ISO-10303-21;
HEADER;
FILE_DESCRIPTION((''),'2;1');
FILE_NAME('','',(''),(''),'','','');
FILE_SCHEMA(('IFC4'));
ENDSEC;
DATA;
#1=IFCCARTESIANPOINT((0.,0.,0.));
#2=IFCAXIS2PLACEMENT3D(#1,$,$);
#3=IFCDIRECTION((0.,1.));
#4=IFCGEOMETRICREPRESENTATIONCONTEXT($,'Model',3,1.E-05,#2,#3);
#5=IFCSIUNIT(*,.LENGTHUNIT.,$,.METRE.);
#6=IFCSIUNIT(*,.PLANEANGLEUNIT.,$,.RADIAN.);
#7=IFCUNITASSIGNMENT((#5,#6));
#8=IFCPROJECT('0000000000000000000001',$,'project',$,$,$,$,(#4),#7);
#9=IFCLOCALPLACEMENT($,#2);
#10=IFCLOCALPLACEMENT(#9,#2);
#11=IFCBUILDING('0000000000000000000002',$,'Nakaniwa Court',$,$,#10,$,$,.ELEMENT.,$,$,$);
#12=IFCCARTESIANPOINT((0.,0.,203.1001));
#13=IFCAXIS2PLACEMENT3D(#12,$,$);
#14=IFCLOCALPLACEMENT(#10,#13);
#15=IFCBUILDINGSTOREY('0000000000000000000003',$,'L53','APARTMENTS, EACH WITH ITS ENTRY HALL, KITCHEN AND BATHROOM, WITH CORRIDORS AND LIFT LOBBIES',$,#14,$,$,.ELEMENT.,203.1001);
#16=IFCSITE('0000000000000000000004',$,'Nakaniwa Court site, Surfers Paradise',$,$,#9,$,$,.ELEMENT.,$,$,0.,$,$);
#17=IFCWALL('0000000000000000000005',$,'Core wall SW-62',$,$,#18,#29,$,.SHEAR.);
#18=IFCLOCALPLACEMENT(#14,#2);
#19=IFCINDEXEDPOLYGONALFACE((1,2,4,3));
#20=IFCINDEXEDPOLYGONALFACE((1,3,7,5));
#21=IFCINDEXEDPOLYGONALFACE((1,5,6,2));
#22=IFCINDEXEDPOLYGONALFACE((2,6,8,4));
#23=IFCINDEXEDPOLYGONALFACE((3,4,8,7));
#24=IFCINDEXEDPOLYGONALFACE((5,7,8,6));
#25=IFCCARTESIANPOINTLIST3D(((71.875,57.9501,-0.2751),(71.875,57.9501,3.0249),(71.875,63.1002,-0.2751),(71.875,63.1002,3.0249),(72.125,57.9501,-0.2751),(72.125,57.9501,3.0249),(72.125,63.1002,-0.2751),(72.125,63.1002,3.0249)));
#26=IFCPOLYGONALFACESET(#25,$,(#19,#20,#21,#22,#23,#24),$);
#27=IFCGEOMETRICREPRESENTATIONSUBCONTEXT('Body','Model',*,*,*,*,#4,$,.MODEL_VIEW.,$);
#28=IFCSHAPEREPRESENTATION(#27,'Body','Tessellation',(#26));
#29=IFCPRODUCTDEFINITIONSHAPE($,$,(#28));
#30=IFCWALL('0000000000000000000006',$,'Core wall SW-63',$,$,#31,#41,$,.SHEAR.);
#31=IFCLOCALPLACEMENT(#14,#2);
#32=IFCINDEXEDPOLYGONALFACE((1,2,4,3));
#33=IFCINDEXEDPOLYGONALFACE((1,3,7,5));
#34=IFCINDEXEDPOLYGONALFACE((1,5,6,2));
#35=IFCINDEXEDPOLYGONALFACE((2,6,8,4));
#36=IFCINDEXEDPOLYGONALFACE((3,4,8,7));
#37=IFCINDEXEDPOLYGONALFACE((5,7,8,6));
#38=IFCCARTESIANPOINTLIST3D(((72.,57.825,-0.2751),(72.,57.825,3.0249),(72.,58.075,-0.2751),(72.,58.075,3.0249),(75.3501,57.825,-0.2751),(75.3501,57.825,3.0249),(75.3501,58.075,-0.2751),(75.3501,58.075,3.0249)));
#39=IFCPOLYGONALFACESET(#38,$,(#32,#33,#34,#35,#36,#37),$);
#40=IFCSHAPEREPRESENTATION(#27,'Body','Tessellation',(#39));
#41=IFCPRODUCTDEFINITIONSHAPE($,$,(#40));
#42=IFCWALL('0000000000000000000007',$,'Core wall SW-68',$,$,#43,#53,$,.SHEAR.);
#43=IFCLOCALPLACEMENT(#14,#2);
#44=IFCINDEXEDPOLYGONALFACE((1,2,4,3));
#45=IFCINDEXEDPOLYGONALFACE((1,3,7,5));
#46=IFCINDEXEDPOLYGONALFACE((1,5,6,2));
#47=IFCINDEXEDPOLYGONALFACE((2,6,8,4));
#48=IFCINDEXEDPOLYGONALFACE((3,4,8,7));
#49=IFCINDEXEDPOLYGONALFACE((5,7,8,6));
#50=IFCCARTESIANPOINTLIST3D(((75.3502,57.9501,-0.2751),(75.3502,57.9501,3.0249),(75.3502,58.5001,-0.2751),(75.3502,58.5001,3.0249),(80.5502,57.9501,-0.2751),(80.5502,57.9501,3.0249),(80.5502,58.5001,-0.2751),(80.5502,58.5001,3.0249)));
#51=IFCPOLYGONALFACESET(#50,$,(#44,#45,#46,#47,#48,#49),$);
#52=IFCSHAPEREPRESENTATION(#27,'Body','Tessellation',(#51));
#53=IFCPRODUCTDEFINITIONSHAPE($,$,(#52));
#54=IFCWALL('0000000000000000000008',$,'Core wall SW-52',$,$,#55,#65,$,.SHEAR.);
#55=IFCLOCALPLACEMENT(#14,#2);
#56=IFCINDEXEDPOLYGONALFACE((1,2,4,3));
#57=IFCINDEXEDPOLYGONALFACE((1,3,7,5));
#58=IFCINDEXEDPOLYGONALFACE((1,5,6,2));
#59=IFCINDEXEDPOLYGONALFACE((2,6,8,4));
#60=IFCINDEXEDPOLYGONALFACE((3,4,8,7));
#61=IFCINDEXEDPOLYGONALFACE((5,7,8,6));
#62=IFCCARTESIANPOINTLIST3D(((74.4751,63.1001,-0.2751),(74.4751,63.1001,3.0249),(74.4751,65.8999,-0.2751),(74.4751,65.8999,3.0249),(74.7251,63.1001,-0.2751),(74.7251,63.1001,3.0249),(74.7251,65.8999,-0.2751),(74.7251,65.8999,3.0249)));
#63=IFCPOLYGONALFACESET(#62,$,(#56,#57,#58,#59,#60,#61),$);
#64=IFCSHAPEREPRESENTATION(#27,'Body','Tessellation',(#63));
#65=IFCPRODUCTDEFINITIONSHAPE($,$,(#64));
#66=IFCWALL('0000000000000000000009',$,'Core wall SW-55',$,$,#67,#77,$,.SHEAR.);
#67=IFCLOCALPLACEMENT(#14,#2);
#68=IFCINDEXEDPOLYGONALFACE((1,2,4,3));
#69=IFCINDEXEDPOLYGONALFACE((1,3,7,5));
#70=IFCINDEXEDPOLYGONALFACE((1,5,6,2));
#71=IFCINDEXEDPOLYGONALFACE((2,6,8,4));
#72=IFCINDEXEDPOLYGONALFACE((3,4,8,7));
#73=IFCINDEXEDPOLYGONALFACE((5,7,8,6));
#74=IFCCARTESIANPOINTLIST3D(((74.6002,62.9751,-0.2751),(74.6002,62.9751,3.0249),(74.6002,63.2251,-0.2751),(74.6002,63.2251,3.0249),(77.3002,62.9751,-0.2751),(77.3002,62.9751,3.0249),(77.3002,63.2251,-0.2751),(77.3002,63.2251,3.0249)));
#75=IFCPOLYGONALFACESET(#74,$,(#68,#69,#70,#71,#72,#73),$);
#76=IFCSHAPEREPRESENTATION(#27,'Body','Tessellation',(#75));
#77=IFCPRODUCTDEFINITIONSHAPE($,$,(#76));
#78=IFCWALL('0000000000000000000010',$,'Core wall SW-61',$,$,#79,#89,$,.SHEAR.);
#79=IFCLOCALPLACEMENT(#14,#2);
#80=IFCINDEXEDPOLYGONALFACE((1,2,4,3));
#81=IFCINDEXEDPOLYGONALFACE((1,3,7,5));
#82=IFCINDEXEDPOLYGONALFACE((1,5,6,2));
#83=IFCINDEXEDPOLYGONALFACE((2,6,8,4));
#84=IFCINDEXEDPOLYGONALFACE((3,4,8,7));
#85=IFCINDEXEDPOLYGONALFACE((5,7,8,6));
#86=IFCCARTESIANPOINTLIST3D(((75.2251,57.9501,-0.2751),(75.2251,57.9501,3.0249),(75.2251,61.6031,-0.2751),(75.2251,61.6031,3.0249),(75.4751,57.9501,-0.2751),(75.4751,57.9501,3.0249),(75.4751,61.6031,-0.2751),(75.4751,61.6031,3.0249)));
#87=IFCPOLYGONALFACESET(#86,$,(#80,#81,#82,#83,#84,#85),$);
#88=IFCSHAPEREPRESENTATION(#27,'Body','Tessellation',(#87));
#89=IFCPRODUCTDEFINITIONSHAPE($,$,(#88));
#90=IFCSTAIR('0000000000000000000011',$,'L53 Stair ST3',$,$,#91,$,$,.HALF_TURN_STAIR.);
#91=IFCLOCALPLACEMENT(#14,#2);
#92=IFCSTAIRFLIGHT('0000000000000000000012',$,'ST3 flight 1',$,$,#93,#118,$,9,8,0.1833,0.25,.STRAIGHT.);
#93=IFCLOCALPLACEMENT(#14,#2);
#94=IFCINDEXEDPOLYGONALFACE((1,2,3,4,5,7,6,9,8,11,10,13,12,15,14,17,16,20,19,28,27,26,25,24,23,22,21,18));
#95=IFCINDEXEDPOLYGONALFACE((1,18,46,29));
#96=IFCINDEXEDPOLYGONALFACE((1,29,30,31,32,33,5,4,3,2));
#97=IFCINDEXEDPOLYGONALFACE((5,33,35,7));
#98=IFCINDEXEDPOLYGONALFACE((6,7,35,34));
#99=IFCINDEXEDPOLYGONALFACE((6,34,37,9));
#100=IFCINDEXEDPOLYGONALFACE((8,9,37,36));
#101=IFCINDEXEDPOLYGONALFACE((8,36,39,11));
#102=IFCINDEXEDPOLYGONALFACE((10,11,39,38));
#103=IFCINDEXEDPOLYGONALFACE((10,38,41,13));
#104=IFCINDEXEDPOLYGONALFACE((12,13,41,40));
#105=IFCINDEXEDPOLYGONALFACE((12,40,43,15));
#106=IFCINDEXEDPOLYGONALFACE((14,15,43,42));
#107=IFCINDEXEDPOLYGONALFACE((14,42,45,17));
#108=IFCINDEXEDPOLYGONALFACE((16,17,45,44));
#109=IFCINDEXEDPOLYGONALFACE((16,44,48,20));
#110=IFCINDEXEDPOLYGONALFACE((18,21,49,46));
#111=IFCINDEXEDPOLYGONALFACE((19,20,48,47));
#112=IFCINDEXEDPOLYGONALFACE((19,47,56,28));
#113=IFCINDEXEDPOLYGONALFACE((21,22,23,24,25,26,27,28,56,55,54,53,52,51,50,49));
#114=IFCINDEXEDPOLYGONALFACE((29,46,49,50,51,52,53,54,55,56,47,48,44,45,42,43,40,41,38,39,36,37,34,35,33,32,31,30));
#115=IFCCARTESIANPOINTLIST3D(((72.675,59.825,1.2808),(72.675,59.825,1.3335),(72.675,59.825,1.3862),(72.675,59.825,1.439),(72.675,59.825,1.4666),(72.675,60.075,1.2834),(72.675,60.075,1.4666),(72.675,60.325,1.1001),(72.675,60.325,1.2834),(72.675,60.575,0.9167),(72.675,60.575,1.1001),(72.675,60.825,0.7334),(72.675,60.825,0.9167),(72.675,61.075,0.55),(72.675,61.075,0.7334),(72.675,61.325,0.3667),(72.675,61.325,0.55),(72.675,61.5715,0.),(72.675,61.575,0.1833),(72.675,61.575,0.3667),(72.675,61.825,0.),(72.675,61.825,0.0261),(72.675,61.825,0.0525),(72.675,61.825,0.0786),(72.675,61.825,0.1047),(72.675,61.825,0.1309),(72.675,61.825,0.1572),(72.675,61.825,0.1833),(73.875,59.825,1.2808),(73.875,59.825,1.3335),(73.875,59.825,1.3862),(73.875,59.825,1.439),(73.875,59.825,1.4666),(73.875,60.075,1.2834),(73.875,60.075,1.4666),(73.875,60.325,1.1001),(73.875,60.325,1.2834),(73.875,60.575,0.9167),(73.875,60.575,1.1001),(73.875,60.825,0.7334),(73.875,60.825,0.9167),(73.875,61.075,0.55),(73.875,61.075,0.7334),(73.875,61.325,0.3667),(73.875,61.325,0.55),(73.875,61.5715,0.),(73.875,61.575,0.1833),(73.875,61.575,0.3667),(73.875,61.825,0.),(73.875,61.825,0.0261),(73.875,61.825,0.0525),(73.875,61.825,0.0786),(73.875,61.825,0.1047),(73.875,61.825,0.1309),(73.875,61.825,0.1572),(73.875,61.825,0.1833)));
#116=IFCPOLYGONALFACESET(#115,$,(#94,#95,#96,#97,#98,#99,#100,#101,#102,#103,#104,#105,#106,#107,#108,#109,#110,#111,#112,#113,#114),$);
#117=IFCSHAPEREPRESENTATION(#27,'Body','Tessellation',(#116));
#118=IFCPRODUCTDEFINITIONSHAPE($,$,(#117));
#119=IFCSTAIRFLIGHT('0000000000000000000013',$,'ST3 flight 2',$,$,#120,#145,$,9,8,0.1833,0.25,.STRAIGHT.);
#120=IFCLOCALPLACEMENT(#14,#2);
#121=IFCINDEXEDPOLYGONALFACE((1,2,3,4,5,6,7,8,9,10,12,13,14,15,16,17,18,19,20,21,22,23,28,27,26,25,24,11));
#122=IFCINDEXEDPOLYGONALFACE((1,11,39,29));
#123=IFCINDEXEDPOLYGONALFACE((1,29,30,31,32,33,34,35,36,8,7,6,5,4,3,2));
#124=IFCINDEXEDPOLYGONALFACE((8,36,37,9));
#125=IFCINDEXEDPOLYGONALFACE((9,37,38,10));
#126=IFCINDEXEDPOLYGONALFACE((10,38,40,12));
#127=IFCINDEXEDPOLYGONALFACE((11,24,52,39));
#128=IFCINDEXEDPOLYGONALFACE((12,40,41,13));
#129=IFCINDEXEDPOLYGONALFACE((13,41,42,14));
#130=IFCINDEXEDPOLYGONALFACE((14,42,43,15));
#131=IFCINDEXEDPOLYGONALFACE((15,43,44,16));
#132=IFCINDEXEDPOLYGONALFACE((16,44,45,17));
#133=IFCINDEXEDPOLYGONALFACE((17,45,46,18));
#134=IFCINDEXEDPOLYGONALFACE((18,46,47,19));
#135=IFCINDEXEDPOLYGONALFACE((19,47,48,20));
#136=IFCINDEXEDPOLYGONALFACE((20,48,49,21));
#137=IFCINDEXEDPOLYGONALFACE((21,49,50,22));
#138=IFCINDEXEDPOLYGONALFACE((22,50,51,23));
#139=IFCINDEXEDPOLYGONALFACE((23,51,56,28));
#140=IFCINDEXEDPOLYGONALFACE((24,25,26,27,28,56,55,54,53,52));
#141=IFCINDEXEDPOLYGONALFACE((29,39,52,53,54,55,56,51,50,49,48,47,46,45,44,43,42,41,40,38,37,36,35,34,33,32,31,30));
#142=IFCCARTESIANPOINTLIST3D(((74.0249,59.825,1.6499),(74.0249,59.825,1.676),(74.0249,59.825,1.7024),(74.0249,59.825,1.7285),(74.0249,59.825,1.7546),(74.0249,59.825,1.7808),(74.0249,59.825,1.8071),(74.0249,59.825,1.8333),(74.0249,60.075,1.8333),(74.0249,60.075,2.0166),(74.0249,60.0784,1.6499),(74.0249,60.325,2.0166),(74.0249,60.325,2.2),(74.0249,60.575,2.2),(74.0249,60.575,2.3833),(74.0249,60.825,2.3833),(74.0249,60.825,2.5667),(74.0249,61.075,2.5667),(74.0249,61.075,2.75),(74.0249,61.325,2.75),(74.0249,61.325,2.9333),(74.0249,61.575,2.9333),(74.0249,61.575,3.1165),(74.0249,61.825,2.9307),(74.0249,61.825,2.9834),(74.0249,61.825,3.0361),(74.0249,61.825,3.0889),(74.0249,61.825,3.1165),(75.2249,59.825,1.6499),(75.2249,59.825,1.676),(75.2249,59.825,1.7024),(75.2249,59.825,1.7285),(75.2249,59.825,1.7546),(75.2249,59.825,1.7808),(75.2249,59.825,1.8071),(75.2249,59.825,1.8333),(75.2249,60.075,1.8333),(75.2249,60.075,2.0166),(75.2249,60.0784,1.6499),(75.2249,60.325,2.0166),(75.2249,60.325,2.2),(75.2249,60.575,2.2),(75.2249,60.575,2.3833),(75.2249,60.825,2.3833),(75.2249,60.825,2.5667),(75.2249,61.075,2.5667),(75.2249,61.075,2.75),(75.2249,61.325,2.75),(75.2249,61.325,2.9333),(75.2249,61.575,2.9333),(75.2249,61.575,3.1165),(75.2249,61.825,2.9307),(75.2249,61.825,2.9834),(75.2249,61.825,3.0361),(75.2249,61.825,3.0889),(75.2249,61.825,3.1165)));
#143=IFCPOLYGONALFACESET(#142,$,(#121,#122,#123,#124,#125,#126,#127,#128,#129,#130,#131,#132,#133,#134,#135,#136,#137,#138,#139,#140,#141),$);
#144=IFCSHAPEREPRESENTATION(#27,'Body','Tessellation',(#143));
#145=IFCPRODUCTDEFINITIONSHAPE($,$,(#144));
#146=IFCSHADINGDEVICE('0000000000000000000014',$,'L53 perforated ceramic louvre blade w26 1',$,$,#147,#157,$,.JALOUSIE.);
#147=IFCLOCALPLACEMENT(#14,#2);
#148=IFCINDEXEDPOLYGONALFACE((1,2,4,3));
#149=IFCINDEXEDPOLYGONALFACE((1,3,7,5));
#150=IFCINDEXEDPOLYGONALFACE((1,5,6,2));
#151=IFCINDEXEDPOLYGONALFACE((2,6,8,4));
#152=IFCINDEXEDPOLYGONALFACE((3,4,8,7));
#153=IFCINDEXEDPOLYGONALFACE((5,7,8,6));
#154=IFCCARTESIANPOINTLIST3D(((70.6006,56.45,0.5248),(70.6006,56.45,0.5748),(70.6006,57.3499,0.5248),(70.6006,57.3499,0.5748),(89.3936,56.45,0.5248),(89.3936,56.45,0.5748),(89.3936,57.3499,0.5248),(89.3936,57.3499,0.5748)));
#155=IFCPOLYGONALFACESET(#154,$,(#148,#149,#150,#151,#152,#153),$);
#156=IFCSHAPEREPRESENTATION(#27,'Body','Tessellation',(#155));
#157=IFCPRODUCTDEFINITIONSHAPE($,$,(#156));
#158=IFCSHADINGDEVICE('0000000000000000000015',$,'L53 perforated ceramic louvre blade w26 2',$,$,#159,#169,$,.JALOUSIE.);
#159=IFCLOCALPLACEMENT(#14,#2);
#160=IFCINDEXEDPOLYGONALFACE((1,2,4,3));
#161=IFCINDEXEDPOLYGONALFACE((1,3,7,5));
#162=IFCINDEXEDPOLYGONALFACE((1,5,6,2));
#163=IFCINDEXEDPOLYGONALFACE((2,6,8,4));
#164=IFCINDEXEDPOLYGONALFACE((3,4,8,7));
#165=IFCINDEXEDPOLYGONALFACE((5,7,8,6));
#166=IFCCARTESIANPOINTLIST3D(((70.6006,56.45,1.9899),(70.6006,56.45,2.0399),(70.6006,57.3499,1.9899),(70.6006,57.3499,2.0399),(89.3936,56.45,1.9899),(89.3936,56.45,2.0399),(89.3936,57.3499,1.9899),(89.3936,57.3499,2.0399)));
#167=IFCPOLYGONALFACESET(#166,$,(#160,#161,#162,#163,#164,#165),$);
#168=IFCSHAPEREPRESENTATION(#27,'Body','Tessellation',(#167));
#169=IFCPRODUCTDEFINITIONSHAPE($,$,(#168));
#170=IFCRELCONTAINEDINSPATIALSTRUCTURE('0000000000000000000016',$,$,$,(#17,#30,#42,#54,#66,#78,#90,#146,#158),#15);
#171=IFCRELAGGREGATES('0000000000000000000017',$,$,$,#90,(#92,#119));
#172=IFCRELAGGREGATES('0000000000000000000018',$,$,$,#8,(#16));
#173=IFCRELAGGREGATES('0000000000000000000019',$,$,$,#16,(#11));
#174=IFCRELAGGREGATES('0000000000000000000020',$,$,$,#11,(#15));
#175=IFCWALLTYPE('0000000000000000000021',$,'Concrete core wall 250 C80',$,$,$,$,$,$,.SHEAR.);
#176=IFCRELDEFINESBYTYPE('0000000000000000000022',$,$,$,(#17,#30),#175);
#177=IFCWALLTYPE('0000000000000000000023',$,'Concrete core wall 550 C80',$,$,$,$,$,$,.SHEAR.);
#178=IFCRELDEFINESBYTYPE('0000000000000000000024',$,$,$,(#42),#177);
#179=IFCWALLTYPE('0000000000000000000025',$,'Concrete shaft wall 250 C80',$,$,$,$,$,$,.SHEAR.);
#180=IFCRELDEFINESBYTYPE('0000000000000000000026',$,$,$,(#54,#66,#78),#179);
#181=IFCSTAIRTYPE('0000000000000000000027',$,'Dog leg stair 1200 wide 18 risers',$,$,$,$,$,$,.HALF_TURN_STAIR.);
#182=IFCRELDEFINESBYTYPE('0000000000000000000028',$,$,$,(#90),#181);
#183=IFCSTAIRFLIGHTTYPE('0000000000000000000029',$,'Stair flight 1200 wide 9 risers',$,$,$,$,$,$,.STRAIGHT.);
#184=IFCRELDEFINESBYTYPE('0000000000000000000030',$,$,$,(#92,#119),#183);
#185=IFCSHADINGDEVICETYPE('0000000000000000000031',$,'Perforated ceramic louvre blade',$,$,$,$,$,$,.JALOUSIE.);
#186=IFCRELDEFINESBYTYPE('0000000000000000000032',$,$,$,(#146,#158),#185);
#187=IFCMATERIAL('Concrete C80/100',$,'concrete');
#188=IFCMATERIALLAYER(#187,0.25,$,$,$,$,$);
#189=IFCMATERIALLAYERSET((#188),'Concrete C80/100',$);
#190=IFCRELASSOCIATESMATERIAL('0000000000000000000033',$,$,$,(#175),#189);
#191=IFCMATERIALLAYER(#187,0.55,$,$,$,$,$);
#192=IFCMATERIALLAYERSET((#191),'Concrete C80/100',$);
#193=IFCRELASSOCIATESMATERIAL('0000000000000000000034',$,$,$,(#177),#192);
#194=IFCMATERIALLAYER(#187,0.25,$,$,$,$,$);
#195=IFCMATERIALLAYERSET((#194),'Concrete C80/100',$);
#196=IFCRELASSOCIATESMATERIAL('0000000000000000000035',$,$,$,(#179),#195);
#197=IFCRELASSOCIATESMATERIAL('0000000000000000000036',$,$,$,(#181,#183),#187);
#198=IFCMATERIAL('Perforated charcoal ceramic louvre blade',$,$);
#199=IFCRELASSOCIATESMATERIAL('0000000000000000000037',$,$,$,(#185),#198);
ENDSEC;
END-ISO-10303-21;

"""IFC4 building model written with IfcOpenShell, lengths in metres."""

from ifc_helpers import new_model, si_unit, direction, frame, frame_2d, origin, origin_2d, place, context, subcontext, project, spatial, polyline, rectangle, outline, extrude, material, layer, layer_set, material_profile, profile_set, type_object, element, aggregate, save


model = new_model("IFC4")

# Units and contexts
model_context = context("Model", 3, precision=1e-05, world=origin(), true_north=direction((0.0, 1.0)))
body_context = subcontext(model_context, "Body", "Model", "MODEL_VIEW")
ifc_project = project(units=[si_unit("LENGTHUNIT", "METRE"), si_unit("PLANEANGLEUNIT", "RADIAN")], contexts=[model_context])

# Site, building, storey
site_placement = place(None, origin())
site = spatial("IfcSite", under=ifc_project, at=site_placement, Name="Nakaniwa Court site, Surfers Paradise", CompositionType="ELEMENT", RefElevation=0.0)
building_placement = place(site_placement, origin())
building = spatial("IfcBuilding", under=site, at=building_placement, Name="Nakaniwa Court", CompositionType="ELEMENT")
storey_placement = place(building_placement, frame((0.0, 0.0, 203.1001)))
storey = spatial("IfcBuildingStorey", under=building, at=storey_placement, Name="L53", Description="APARTMENTS, EACH WITH ITS ENTRY HALL, KITCHEN AND BATHROOM, WITH CORRIDORS AND LIFT LOBBIES", CompositionType="ELEMENT", Elevation=203.1001)

# Shared definitions
ifc_material_1 = material(Name="Concrete C80/100", Category="concrete")

# Walls
ifc_layer_1 = layer(ifc_material_1, 0.25)
ifc_layer_set_1 = layer_set([ifc_layer_1], Name="Concrete C80/100")
wall_type_1 = type_object("IfcWallType", Name="Concrete core wall 250 C80", PredefinedType="SHEAR", material=ifc_layer_set_1)
wall_1_placement = place(storey_placement, frame((72.0, 57.95, -0.2751), z_axis=(0.0, 0.0, 1.0), x_axis=(0.0, 1.0, 0.0)))
element("IfcWall", 1, at=wall_1_placement, inside=storey, type_object=wall_type_1, Name="Core wall SW-62", PredefinedType="SHEAR", context=body_context, shape_type="SweptSolid", body=[
    extrude(rectangle(XDim=5.1501, YDim=0.25, at=frame_2d((2.5752, 0.0))), origin(), (0.0, 0.0, 1.0), 3.3),
])
wall_2_placement = place(storey_placement, frame((72.0, 57.95, -0.2751), z_axis=(0.0, 0.0, 1.0), x_axis=(1.0, 0.0, 0.0)))
element("IfcWall", 2, at=wall_2_placement, inside=storey, type_object=wall_type_1, Name="Core wall SW-63", PredefinedType="SHEAR", context=body_context, shape_type="SweptSolid", body=[
    extrude(rectangle(XDim=3.3501, YDim=0.25, at=frame_2d((1.675, 0.0))), origin(), (0.0, 0.0, 1.0), 3.3),
])
ifc_layer_2 = layer(ifc_material_1, 0.55)
ifc_layer_set_2 = layer_set([ifc_layer_2], Name="Concrete C80/100")
wall_type_2 = type_object("IfcWallType", Name="Concrete core wall 550 C80", PredefinedType="SHEAR", material=ifc_layer_set_2)
wall_3_placement = place(storey_placement, frame((75.3501, 58.2251, -0.2751), z_axis=(0.0, 0.0, 1.0), x_axis=(1.0, 0.0, 0.0)))
element("IfcWall", 3, at=wall_3_placement, inside=storey, type_object=wall_type_2, Name="Core wall SW-68", PredefinedType="SHEAR", context=body_context, shape_type="SweptSolid", body=[
    extrude(rectangle(XDim=5.2, YDim=0.55, at=frame_2d((2.6001, 0.0))), origin(), (0.0, 0.0, 1.0), 3.3),
])
ifc_layer_3 = layer(ifc_material_1, 0.25)
ifc_layer_set_3 = layer_set([ifc_layer_3], Name="Concrete C80/100")
wall_type_3 = type_object("IfcWallType", Name="Concrete shaft wall 250 C80", PredefinedType="SHEAR", material=ifc_layer_set_3)
wall_4_placement = place(storey_placement, frame((74.6001, 63.1001, -0.2751), z_axis=(0.0, 0.0, 1.0), x_axis=(0.0, 1.0, 0.0)))
element("IfcWall", 4, at=wall_4_placement, inside=storey, type_object=wall_type_3, Name="Core wall SW-52", PredefinedType="SHEAR", context=body_context, shape_type="SweptSolid", body=[
    extrude(rectangle(XDim=2.7998, YDim=0.25, at=frame_2d((1.3999, 0.0))), origin(), (0.0, 0.0, 1.0), 3.3),
])
wall_5_placement = place(storey_placement, frame((74.6001, 63.1001, -0.2751), z_axis=(0.0, 0.0, 1.0), x_axis=(1.0, 0.0, 0.0)))
element("IfcWall", 5, at=wall_5_placement, inside=storey, type_object=wall_type_3, Name="Core wall SW-55", PredefinedType="SHEAR", context=body_context, shape_type="SweptSolid", body=[
    extrude(rectangle(XDim=2.7, YDim=0.25, at=frame_2d((1.3501, 0.0))), origin(), (0.0, 0.0, 1.0), 3.3),
])
wall_6_placement = place(storey_placement, frame((75.3501, 57.95, -0.2751), z_axis=(0.0, 0.0, 1.0), x_axis=(0.0, 1.0, 0.0)))
element("IfcWall", 6, at=wall_6_placement, inside=storey, type_object=wall_type_3, Name="Core wall SW-61", PredefinedType="SHEAR", context=body_context, shape_type="SweptSolid", body=[
    extrude(rectangle(XDim=3.6531, YDim=0.25, at=frame_2d((1.8267, 0.0))), origin(), (0.0, 0.0, 1.0), 3.3),
])

# Stair, stair flights
stair_type = type_object("IfcStairType", Name="Dog leg stair 1200 wide 18 risers", PredefinedType="HALF_TURN_STAIR", material=ifc_material_1)
stair_placement = place(storey_placement, origin())
stair = element("IfcStair", 7, at=stair_placement, inside=storey, type_object=stair_type, Name="L53 Stair ST3", PredefinedType="HALF_TURN_STAIR")
stair_flight_type = type_object("IfcStairFlightType", Name="Stair flight 1200 wide 9 risers", PredefinedType="STRAIGHT", material=ifc_material_1)
stair_flight_1_placement = place(storey_placement, frame((73.2749, 61.825, 0.0), z_axis=(0.0, 0.0, 1.0), x_axis=(0.0, -1.0, 0.0)))
stair_flight_1 = element("IfcStairFlight", 8, at=stair_flight_1_placement, type_object=stair_flight_type, Name="ST3 flight 1", NumberOfRisers=9, NumberOfTreads=8, PredefinedType="STRAIGHT", RiserHeight=0.1833, TreadLength=0.25, context=body_context, shape_type="SweptSolid", body=[
    extrude(outline(polyline([(0.0, 0.0), (0.0, 0.0261), (0.0, 0.0525), (0.0, 0.0786), (0.0, 0.1047), (0.0, 0.1309), (0.0, 0.1572), (0.0, 0.1833), (0.25, 0.1833), (0.25, 0.3667), (0.5, 0.3667), (0.5, 0.55), (0.75, 0.55), (0.75, 0.7334), (1.0, 0.7334), (1.0, 0.9167), (1.25, 0.9167), (1.25, 1.1001), (1.5, 1.1001), (1.5, 1.2834), (1.75, 1.2834), (1.75, 1.4666), (2.0, 1.4666), (2.0, 1.6499), (2.0, 1.5972), (2.0, 1.5444), (2.0, 1.4917), (2.0, 1.439), (2.0, 1.3862), (2.0, 1.3335), (2.0, 1.2808), (0.2534, 0.0), (0.0, 0.0)])), frame((0.0, 0.6001, 0.0), z_axis=(0.0, -1.0, 0.0), x_axis=(1.0, 0.0, 0.0)), (0.0, 0.0, 1.0), 1.2),
])
stair_flight_2_placement = place(storey_placement, frame((74.625, 59.825, 1.6499), z_axis=(0.0, 0.0, 1.0), x_axis=(0.0, 1.0, 0.0)))
stair_flight_2 = element("IfcStairFlight", 9, at=stair_flight_2_placement, type_object=stair_flight_type, Name="ST3 flight 2", NumberOfRisers=9, NumberOfTreads=8, PredefinedType="STRAIGHT", RiserHeight=0.1833, TreadLength=0.25, context=body_context, shape_type="SweptSolid", body=[
    extrude(outline(polyline([(0.0, 0.0), (0.0, 0.0261), (0.0, 0.0525), (0.0, 0.0786), (0.0, 0.1047), (0.0, 0.1309), (0.0, 0.1572), (0.0, 0.1833), (0.25, 0.1833), (0.25, 0.3667), (0.5, 0.3667), (0.5, 0.55), (0.75, 0.55), (0.75, 0.7334), (1.0, 0.7334), (1.0, 0.9167), (1.25, 0.9167), (1.25, 1.1001), (1.5, 1.1001), (1.5, 1.2834), (1.75, 1.2834), (1.75, 1.4666), (2.0, 1.4666), (2.0, 1.6499), (2.0, 1.5972), (2.0, 1.5444), (2.0, 1.4917), (2.0, 1.439), (2.0, 1.3862), (2.0, 1.3335), (2.0, 1.2808), (0.2534, 0.0), (0.0, 0.0)])), frame((0.0, 0.6001, 0.0), z_axis=(0.0, -1.0, 0.0), x_axis=(1.0, 0.0, 0.0)), (0.0, 0.0, 1.0), 1.2),
])
aggregate(stair, [stair_flight_1, stair_flight_2])

# Shading devices
ifc_material_2 = material(Name="Perforated charcoal ceramic louvre blade")
ifc_material_profile_1 = material_profile(ifc_material_2, rectangle(XDim=0.8999, YDim=0.05, at=origin_2d()), Name="Perforated ceramic louvre blade")
ifc_profile_set_1 = profile_set([ifc_material_profile_1], Name="Perforated charcoal ceramic louvre blade")
shading_device_type = type_object("IfcShadingDeviceType", Name="Perforated ceramic louvre blade", PredefinedType="JALOUSIE", material=ifc_profile_set_1)
for number, where, z_axis, x_axis, name in (
    (10, (70.6006, 56.8999, 0.5498), (1.0, 0.0, 0.0), (0.0, 1.0, 0.0), "L53 perforated ceramic louvre blade w26 1"),
    (11, (70.6006, 56.8999, 2.0149), (1.0, 0.0, 0.0), (0.0, 1.0, 0.0), "L53 perforated ceramic louvre blade w26 2"),
):
    element("IfcShadingDevice", number, at=place(storey_placement, frame(where, z_axis=z_axis, x_axis=x_axis)), inside=storey, type_object=shading_device_type, Name=name, PredefinedType="JALOUSIE", context=body_context, shape_type="SweptSolid", body=[
        extrude(rectangle(XDim=0.8999, YDim=0.05, at=origin_2d()), origin(), (0.0, 0.0, 1.0), 18.793),
    ])

save(model, "model.ifc")
